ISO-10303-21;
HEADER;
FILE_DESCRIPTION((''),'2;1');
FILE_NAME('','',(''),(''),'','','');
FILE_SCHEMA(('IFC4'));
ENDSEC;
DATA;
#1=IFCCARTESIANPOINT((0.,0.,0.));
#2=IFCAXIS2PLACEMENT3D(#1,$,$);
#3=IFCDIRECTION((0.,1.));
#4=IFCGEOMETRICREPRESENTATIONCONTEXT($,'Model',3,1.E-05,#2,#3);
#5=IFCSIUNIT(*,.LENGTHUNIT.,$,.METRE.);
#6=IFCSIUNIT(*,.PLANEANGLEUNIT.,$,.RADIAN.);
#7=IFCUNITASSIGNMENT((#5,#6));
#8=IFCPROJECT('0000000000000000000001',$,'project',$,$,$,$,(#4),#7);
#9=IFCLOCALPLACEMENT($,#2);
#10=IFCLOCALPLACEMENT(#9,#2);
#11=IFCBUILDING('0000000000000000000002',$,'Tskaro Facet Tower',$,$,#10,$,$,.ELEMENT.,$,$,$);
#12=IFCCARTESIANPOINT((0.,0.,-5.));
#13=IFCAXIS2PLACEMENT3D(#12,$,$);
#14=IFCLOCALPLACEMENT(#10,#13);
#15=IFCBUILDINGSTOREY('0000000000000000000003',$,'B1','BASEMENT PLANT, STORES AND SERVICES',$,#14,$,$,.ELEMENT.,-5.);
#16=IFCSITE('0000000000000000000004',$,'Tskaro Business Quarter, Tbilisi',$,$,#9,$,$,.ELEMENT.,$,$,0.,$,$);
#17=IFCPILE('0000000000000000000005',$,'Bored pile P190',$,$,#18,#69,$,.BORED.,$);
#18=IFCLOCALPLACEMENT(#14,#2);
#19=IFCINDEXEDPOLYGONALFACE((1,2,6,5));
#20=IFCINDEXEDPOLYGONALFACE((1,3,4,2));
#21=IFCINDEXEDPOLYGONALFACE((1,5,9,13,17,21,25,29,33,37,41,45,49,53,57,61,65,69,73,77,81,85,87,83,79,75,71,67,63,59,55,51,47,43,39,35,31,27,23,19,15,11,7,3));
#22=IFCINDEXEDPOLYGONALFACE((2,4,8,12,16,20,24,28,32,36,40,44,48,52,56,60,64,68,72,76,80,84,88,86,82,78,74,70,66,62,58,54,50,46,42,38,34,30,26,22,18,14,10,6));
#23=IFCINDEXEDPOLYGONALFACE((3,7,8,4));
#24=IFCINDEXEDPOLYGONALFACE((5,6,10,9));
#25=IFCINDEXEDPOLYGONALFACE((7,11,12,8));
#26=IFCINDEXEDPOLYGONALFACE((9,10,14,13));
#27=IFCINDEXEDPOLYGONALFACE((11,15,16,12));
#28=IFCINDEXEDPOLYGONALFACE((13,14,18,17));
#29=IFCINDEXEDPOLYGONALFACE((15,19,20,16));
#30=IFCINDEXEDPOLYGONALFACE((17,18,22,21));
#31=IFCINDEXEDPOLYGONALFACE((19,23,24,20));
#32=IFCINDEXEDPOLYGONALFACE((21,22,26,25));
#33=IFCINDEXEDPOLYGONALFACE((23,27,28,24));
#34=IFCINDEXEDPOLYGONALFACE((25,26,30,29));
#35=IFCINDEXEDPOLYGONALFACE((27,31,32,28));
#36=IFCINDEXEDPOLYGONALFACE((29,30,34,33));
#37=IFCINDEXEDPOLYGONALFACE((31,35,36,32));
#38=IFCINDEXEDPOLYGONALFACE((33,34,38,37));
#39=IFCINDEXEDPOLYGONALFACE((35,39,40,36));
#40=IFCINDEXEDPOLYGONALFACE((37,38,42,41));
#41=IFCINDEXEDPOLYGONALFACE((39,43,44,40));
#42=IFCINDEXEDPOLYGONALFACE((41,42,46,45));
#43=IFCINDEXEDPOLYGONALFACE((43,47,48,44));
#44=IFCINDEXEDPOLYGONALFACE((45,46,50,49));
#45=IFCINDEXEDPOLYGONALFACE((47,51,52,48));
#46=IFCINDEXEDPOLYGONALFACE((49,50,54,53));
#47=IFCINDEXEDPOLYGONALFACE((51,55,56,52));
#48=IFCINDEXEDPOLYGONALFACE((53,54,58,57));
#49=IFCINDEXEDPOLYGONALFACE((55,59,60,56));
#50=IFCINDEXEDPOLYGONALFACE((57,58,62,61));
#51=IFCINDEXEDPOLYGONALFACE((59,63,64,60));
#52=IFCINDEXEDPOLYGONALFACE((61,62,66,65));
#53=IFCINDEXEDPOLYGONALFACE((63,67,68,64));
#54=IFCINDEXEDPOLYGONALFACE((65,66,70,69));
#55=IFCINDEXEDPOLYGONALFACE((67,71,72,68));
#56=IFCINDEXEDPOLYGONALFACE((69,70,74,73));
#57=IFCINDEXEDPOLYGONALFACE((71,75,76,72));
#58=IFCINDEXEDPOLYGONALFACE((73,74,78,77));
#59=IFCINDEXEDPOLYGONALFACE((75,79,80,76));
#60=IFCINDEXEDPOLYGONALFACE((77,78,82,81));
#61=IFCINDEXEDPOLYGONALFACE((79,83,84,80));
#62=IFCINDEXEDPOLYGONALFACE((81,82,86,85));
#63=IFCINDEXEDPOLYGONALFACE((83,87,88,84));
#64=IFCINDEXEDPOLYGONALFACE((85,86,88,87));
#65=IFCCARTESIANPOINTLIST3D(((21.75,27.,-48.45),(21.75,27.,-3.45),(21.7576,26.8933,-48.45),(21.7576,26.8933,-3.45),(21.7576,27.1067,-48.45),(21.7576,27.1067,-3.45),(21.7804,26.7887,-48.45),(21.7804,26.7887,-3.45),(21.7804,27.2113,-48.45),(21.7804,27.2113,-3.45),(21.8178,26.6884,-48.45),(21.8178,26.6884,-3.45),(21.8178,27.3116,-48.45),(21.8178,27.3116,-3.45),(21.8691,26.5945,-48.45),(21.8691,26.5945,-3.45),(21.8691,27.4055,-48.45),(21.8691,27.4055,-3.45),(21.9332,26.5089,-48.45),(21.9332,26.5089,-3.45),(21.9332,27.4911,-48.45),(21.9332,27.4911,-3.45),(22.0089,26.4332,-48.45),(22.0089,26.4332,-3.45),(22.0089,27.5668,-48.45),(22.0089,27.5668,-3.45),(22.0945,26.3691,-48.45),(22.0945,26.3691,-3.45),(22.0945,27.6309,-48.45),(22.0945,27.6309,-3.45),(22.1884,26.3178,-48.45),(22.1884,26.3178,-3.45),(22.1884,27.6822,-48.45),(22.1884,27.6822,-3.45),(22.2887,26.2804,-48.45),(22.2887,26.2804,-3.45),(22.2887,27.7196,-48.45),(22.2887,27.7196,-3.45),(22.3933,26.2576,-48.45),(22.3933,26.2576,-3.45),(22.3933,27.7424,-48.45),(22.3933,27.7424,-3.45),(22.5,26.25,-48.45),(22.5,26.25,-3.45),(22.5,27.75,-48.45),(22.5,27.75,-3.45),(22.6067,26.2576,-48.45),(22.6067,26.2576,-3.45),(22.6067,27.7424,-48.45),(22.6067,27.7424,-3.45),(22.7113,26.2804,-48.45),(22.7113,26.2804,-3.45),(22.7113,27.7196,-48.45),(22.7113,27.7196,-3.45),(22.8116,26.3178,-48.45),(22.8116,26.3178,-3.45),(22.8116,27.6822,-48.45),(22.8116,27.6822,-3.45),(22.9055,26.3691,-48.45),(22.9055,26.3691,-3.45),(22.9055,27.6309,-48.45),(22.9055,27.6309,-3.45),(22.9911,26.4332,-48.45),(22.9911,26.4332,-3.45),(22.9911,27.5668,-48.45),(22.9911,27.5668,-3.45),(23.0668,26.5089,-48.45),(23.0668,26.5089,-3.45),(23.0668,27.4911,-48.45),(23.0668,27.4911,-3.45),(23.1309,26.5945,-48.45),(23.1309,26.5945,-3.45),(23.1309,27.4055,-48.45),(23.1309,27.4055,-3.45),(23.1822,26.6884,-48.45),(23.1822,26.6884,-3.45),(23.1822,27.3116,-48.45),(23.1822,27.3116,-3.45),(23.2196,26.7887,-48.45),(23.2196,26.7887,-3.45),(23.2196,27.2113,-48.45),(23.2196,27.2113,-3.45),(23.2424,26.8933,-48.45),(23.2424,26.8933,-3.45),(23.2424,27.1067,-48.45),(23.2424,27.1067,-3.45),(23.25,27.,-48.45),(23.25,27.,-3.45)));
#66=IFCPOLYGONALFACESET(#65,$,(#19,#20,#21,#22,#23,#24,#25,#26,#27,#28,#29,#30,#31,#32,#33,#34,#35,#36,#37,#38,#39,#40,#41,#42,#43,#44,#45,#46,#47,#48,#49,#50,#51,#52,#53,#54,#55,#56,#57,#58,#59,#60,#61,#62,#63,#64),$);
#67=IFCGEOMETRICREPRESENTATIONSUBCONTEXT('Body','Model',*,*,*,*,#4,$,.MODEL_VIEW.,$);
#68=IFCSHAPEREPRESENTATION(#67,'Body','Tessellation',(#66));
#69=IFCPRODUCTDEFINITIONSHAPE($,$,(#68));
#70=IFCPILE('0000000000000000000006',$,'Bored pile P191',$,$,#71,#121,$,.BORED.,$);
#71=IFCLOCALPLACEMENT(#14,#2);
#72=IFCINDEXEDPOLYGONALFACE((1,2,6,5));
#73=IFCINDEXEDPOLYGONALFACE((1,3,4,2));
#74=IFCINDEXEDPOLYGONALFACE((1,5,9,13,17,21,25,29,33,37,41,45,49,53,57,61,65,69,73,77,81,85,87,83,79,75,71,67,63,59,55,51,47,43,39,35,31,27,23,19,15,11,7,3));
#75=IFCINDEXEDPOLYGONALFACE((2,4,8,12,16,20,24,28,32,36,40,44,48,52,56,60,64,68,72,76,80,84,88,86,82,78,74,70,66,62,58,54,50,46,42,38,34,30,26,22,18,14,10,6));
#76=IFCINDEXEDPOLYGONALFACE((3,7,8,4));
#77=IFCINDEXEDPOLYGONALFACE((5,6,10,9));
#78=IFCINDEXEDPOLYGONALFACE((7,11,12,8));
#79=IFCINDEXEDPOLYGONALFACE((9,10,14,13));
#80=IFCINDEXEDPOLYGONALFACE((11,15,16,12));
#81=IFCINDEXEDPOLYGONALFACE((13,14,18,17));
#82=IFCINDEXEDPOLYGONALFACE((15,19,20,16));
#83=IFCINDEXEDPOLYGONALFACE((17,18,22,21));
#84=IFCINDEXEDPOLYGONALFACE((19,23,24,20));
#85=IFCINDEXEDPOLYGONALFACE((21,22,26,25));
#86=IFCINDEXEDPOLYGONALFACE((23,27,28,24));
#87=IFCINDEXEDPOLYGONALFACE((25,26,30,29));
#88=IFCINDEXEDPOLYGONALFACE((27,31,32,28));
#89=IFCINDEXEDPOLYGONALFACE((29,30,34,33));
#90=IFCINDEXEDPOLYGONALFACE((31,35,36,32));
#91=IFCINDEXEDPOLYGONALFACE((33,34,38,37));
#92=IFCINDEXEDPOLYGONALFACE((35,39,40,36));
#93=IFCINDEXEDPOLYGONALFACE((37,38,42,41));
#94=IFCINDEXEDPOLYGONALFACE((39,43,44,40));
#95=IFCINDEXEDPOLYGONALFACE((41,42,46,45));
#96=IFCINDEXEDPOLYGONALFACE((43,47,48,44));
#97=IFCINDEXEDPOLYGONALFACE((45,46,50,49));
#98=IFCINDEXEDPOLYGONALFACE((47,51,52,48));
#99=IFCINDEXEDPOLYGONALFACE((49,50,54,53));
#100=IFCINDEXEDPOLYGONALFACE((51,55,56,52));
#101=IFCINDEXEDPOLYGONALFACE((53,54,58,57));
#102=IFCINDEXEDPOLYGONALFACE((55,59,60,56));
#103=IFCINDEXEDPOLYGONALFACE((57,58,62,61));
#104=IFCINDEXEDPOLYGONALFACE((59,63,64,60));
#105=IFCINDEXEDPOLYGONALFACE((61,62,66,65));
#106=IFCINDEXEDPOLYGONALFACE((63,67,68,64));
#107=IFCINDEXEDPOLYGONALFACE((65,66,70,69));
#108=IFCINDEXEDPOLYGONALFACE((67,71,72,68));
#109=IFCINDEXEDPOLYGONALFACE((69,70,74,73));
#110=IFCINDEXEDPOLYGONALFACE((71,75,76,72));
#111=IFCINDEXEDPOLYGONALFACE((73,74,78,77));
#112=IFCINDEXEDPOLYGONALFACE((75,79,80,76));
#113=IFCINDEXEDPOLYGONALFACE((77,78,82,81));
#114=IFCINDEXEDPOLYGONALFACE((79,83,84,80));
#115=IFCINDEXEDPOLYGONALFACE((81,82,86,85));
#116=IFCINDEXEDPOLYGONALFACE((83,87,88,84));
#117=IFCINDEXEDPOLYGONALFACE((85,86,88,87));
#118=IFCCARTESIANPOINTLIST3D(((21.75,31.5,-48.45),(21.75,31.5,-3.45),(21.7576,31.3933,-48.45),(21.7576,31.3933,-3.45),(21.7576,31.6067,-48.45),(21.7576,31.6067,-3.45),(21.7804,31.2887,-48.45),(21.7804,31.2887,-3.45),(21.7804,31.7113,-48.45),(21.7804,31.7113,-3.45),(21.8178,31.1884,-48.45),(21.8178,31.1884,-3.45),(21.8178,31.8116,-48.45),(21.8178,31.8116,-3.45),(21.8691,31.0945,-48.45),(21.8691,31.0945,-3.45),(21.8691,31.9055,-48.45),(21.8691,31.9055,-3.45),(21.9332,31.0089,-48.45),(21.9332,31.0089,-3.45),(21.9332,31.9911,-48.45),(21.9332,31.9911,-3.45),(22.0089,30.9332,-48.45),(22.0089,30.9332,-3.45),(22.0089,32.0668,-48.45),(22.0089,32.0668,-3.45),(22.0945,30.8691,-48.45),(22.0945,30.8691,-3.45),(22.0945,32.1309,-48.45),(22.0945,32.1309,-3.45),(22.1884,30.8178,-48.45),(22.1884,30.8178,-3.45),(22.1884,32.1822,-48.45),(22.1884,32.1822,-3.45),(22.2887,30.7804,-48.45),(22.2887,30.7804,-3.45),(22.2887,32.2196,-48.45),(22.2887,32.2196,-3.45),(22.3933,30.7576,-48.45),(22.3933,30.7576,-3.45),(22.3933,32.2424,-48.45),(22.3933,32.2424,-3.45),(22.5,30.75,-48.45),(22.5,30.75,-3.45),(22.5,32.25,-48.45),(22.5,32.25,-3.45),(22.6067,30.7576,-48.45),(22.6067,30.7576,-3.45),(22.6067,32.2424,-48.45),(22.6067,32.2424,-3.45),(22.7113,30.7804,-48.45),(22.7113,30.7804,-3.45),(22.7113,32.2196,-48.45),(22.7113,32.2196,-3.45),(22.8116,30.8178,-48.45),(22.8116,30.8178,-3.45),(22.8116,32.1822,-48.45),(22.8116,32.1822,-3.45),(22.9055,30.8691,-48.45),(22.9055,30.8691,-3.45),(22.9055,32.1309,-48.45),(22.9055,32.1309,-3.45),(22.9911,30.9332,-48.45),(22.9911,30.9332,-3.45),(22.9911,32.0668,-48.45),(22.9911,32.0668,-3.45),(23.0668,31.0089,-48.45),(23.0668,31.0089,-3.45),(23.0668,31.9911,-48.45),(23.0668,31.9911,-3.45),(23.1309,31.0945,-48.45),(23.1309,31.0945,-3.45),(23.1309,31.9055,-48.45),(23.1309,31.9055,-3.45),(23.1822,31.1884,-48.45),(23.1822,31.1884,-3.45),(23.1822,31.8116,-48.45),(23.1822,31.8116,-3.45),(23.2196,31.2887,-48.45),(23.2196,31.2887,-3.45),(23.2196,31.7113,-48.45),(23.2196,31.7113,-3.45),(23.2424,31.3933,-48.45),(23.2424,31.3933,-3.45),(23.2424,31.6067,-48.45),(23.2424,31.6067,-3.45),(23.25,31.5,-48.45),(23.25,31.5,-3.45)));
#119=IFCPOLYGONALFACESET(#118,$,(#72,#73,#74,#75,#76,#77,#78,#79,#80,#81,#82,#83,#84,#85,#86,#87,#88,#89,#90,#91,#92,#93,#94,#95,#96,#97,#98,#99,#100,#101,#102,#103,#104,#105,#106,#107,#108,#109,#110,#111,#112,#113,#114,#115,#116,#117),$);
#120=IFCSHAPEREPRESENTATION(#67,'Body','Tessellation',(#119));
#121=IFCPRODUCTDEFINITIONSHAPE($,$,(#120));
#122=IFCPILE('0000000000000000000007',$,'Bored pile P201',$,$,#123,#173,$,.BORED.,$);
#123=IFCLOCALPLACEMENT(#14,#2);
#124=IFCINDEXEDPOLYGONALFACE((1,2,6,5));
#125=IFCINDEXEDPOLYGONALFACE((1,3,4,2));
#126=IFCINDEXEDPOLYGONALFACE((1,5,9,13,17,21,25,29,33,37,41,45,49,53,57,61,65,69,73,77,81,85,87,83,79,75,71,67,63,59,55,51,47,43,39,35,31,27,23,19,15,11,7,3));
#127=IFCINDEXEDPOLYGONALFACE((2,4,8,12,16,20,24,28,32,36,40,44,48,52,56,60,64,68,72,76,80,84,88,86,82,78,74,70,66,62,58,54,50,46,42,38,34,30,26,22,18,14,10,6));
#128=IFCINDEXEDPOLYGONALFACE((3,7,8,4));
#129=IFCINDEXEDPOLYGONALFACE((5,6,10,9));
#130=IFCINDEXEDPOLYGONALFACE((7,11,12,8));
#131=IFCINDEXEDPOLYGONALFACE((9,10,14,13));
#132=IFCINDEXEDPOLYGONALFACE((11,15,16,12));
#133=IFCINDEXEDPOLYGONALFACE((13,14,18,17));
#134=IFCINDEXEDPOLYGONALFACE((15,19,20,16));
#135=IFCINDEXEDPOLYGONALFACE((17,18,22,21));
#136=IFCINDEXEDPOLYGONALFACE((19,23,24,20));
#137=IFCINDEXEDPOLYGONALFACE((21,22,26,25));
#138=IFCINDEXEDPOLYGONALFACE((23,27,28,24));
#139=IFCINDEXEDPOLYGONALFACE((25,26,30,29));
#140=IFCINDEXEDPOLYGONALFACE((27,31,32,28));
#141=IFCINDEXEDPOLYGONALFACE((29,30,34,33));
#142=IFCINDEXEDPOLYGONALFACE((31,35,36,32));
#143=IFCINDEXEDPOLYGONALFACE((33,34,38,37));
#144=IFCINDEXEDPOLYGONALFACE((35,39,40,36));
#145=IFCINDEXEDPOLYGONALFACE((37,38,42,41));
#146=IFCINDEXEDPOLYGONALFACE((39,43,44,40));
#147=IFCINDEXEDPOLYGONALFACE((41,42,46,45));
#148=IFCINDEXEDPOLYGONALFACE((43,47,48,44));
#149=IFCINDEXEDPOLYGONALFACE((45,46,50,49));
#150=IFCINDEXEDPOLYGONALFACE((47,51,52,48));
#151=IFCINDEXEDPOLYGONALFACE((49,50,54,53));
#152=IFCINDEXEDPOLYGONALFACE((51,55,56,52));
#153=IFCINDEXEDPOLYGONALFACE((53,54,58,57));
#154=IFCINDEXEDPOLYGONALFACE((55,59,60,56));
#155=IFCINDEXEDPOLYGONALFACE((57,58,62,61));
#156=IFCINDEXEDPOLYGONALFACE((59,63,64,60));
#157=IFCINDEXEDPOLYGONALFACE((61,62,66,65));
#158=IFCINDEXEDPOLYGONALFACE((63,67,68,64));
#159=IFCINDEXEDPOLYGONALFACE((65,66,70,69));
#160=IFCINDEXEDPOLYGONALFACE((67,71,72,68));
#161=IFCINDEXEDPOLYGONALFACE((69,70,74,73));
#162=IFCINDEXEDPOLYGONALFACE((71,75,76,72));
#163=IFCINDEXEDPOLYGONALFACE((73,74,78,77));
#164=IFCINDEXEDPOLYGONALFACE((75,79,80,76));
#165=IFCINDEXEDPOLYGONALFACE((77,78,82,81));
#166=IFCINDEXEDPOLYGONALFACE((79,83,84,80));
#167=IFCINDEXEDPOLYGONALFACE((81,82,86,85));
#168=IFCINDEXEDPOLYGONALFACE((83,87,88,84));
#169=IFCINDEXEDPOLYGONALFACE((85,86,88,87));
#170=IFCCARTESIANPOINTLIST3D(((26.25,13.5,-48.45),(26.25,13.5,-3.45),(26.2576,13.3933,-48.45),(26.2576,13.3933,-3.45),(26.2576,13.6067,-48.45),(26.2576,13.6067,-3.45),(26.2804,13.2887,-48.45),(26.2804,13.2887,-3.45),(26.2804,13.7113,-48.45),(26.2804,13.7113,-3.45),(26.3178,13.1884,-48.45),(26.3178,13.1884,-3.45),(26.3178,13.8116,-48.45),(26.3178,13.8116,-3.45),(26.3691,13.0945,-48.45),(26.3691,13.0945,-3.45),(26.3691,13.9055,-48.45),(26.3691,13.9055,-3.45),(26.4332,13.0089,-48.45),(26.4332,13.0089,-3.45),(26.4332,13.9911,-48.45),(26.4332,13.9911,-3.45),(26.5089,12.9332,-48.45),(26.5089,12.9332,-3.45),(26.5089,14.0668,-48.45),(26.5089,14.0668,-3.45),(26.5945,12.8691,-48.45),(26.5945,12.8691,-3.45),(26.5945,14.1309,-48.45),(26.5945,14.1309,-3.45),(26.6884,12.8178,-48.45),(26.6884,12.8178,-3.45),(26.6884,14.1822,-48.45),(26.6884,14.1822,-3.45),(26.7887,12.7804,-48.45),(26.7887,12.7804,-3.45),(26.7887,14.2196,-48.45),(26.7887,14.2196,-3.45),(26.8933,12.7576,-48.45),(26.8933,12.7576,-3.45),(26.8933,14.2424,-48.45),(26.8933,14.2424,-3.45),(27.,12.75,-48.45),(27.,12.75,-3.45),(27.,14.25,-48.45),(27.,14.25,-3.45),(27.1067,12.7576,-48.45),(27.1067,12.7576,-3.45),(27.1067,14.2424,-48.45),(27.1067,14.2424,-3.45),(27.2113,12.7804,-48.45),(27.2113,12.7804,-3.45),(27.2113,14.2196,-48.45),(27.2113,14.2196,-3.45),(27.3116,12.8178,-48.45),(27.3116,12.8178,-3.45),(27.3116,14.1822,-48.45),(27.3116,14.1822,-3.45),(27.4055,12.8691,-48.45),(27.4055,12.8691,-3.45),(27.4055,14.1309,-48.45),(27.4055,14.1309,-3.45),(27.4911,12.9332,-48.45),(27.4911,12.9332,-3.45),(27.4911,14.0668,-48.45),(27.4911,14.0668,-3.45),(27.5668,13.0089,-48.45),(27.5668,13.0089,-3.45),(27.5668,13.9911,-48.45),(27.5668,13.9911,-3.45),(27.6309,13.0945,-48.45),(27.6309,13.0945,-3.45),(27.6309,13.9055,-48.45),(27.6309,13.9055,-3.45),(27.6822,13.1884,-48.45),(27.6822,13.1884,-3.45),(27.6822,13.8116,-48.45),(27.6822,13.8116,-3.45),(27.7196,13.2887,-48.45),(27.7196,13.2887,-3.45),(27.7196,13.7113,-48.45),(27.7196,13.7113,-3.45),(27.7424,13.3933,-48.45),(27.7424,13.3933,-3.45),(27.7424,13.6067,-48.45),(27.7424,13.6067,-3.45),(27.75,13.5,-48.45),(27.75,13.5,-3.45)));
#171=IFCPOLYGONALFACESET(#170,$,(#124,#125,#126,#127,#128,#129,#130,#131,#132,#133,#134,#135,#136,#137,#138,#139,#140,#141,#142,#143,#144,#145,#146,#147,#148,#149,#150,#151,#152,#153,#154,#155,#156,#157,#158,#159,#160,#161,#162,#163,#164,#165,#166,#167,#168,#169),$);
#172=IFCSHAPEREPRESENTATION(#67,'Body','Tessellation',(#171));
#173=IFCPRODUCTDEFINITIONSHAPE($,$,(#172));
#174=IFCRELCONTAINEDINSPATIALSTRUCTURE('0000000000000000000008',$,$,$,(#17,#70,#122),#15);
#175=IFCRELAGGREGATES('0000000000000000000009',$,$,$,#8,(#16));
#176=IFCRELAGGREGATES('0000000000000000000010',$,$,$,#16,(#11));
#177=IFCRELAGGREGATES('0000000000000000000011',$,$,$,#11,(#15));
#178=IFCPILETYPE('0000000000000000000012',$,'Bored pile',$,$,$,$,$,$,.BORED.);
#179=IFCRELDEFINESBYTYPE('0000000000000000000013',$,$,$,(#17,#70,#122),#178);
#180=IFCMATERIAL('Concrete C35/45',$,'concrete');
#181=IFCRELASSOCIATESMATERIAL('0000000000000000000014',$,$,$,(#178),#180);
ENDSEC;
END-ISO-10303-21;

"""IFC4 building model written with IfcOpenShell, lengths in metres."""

from ifc_helpers import new_model, si_unit, direction, frame, origin, origin_2d, place, context, subcontext, project, spatial, circle, extrude, material, material_profile, profile_set, type_object, element, save


model = new_model("IFC4")

# Units and contexts
model_context = context("Model", 3, precision=1e-05, world=origin(), true_north=direction((0.0, 1.0)))
body_context = subcontext(model_context, "Body", "Model", "MODEL_VIEW")
ifc_project = project(units=[si_unit("LENGTHUNIT", "METRE"), si_unit("PLANEANGLEUNIT", "RADIAN")], contexts=[model_context])

# Site, building, storey
site_placement = place(None, origin())
site = spatial("IfcSite", under=ifc_project, at=site_placement, Name="Tskaro Business Quarter, Tbilisi", CompositionType="ELEMENT", RefElevation=0.0)
building_placement = place(site_placement, origin())
building = spatial("IfcBuilding", under=site, at=building_placement, Name="Tskaro Facet Tower", CompositionType="ELEMENT")
storey_placement = place(building_placement, frame((0.0, 0.0, -5.0)))
storey = spatial("IfcBuildingStorey", under=building, at=storey_placement, Name="B1", Description="BASEMENT PLANT, STORES AND SERVICES", CompositionType="ELEMENT", Elevation=-5.0)

# Piles
ifc_material_1 = material(Name="Concrete C35/45", Category="concrete")
ifc_material_profile_1 = material_profile(ifc_material_1, circle(Radius=0.75, at=origin_2d()), Name="Bored pile")
ifc_profile_set_1 = profile_set([ifc_material_profile_1], Name="Concrete C35/45")
pile_type = type_object("IfcPileType", Name="Bored pile", PredefinedType="BORED", material=ifc_profile_set_1)
for number, where, z_axis, x_axis, name in (
    (1, (22.5, 27.0, -3.45), (0.0, 0.0, -1.0), (1.0, 0.0, 0.0), "Bored pile P190"),
    (2, (22.5, 31.5, -3.45), (0.0, 0.0, -1.0), (1.0, 0.0, 0.0), "Bored pile P191"),
    (3, (27.0, 13.5, -3.45), (0.0, 0.0, -1.0), (1.0, 0.0, 0.0), "Bored pile P201"),
):
    element("IfcPile", number, at=place(storey_placement, frame(where, z_axis=z_axis, x_axis=x_axis)), inside=storey, type_object=pile_type, Name=name, PredefinedType="BORED", context=body_context, shape_type="SweptSolid", body=[
        extrude(circle(Radius=0.75, at=origin_2d()), origin(), (0.0, 0.0, 1.0), 45.0),
    ])

save(model, "model.ifc")
